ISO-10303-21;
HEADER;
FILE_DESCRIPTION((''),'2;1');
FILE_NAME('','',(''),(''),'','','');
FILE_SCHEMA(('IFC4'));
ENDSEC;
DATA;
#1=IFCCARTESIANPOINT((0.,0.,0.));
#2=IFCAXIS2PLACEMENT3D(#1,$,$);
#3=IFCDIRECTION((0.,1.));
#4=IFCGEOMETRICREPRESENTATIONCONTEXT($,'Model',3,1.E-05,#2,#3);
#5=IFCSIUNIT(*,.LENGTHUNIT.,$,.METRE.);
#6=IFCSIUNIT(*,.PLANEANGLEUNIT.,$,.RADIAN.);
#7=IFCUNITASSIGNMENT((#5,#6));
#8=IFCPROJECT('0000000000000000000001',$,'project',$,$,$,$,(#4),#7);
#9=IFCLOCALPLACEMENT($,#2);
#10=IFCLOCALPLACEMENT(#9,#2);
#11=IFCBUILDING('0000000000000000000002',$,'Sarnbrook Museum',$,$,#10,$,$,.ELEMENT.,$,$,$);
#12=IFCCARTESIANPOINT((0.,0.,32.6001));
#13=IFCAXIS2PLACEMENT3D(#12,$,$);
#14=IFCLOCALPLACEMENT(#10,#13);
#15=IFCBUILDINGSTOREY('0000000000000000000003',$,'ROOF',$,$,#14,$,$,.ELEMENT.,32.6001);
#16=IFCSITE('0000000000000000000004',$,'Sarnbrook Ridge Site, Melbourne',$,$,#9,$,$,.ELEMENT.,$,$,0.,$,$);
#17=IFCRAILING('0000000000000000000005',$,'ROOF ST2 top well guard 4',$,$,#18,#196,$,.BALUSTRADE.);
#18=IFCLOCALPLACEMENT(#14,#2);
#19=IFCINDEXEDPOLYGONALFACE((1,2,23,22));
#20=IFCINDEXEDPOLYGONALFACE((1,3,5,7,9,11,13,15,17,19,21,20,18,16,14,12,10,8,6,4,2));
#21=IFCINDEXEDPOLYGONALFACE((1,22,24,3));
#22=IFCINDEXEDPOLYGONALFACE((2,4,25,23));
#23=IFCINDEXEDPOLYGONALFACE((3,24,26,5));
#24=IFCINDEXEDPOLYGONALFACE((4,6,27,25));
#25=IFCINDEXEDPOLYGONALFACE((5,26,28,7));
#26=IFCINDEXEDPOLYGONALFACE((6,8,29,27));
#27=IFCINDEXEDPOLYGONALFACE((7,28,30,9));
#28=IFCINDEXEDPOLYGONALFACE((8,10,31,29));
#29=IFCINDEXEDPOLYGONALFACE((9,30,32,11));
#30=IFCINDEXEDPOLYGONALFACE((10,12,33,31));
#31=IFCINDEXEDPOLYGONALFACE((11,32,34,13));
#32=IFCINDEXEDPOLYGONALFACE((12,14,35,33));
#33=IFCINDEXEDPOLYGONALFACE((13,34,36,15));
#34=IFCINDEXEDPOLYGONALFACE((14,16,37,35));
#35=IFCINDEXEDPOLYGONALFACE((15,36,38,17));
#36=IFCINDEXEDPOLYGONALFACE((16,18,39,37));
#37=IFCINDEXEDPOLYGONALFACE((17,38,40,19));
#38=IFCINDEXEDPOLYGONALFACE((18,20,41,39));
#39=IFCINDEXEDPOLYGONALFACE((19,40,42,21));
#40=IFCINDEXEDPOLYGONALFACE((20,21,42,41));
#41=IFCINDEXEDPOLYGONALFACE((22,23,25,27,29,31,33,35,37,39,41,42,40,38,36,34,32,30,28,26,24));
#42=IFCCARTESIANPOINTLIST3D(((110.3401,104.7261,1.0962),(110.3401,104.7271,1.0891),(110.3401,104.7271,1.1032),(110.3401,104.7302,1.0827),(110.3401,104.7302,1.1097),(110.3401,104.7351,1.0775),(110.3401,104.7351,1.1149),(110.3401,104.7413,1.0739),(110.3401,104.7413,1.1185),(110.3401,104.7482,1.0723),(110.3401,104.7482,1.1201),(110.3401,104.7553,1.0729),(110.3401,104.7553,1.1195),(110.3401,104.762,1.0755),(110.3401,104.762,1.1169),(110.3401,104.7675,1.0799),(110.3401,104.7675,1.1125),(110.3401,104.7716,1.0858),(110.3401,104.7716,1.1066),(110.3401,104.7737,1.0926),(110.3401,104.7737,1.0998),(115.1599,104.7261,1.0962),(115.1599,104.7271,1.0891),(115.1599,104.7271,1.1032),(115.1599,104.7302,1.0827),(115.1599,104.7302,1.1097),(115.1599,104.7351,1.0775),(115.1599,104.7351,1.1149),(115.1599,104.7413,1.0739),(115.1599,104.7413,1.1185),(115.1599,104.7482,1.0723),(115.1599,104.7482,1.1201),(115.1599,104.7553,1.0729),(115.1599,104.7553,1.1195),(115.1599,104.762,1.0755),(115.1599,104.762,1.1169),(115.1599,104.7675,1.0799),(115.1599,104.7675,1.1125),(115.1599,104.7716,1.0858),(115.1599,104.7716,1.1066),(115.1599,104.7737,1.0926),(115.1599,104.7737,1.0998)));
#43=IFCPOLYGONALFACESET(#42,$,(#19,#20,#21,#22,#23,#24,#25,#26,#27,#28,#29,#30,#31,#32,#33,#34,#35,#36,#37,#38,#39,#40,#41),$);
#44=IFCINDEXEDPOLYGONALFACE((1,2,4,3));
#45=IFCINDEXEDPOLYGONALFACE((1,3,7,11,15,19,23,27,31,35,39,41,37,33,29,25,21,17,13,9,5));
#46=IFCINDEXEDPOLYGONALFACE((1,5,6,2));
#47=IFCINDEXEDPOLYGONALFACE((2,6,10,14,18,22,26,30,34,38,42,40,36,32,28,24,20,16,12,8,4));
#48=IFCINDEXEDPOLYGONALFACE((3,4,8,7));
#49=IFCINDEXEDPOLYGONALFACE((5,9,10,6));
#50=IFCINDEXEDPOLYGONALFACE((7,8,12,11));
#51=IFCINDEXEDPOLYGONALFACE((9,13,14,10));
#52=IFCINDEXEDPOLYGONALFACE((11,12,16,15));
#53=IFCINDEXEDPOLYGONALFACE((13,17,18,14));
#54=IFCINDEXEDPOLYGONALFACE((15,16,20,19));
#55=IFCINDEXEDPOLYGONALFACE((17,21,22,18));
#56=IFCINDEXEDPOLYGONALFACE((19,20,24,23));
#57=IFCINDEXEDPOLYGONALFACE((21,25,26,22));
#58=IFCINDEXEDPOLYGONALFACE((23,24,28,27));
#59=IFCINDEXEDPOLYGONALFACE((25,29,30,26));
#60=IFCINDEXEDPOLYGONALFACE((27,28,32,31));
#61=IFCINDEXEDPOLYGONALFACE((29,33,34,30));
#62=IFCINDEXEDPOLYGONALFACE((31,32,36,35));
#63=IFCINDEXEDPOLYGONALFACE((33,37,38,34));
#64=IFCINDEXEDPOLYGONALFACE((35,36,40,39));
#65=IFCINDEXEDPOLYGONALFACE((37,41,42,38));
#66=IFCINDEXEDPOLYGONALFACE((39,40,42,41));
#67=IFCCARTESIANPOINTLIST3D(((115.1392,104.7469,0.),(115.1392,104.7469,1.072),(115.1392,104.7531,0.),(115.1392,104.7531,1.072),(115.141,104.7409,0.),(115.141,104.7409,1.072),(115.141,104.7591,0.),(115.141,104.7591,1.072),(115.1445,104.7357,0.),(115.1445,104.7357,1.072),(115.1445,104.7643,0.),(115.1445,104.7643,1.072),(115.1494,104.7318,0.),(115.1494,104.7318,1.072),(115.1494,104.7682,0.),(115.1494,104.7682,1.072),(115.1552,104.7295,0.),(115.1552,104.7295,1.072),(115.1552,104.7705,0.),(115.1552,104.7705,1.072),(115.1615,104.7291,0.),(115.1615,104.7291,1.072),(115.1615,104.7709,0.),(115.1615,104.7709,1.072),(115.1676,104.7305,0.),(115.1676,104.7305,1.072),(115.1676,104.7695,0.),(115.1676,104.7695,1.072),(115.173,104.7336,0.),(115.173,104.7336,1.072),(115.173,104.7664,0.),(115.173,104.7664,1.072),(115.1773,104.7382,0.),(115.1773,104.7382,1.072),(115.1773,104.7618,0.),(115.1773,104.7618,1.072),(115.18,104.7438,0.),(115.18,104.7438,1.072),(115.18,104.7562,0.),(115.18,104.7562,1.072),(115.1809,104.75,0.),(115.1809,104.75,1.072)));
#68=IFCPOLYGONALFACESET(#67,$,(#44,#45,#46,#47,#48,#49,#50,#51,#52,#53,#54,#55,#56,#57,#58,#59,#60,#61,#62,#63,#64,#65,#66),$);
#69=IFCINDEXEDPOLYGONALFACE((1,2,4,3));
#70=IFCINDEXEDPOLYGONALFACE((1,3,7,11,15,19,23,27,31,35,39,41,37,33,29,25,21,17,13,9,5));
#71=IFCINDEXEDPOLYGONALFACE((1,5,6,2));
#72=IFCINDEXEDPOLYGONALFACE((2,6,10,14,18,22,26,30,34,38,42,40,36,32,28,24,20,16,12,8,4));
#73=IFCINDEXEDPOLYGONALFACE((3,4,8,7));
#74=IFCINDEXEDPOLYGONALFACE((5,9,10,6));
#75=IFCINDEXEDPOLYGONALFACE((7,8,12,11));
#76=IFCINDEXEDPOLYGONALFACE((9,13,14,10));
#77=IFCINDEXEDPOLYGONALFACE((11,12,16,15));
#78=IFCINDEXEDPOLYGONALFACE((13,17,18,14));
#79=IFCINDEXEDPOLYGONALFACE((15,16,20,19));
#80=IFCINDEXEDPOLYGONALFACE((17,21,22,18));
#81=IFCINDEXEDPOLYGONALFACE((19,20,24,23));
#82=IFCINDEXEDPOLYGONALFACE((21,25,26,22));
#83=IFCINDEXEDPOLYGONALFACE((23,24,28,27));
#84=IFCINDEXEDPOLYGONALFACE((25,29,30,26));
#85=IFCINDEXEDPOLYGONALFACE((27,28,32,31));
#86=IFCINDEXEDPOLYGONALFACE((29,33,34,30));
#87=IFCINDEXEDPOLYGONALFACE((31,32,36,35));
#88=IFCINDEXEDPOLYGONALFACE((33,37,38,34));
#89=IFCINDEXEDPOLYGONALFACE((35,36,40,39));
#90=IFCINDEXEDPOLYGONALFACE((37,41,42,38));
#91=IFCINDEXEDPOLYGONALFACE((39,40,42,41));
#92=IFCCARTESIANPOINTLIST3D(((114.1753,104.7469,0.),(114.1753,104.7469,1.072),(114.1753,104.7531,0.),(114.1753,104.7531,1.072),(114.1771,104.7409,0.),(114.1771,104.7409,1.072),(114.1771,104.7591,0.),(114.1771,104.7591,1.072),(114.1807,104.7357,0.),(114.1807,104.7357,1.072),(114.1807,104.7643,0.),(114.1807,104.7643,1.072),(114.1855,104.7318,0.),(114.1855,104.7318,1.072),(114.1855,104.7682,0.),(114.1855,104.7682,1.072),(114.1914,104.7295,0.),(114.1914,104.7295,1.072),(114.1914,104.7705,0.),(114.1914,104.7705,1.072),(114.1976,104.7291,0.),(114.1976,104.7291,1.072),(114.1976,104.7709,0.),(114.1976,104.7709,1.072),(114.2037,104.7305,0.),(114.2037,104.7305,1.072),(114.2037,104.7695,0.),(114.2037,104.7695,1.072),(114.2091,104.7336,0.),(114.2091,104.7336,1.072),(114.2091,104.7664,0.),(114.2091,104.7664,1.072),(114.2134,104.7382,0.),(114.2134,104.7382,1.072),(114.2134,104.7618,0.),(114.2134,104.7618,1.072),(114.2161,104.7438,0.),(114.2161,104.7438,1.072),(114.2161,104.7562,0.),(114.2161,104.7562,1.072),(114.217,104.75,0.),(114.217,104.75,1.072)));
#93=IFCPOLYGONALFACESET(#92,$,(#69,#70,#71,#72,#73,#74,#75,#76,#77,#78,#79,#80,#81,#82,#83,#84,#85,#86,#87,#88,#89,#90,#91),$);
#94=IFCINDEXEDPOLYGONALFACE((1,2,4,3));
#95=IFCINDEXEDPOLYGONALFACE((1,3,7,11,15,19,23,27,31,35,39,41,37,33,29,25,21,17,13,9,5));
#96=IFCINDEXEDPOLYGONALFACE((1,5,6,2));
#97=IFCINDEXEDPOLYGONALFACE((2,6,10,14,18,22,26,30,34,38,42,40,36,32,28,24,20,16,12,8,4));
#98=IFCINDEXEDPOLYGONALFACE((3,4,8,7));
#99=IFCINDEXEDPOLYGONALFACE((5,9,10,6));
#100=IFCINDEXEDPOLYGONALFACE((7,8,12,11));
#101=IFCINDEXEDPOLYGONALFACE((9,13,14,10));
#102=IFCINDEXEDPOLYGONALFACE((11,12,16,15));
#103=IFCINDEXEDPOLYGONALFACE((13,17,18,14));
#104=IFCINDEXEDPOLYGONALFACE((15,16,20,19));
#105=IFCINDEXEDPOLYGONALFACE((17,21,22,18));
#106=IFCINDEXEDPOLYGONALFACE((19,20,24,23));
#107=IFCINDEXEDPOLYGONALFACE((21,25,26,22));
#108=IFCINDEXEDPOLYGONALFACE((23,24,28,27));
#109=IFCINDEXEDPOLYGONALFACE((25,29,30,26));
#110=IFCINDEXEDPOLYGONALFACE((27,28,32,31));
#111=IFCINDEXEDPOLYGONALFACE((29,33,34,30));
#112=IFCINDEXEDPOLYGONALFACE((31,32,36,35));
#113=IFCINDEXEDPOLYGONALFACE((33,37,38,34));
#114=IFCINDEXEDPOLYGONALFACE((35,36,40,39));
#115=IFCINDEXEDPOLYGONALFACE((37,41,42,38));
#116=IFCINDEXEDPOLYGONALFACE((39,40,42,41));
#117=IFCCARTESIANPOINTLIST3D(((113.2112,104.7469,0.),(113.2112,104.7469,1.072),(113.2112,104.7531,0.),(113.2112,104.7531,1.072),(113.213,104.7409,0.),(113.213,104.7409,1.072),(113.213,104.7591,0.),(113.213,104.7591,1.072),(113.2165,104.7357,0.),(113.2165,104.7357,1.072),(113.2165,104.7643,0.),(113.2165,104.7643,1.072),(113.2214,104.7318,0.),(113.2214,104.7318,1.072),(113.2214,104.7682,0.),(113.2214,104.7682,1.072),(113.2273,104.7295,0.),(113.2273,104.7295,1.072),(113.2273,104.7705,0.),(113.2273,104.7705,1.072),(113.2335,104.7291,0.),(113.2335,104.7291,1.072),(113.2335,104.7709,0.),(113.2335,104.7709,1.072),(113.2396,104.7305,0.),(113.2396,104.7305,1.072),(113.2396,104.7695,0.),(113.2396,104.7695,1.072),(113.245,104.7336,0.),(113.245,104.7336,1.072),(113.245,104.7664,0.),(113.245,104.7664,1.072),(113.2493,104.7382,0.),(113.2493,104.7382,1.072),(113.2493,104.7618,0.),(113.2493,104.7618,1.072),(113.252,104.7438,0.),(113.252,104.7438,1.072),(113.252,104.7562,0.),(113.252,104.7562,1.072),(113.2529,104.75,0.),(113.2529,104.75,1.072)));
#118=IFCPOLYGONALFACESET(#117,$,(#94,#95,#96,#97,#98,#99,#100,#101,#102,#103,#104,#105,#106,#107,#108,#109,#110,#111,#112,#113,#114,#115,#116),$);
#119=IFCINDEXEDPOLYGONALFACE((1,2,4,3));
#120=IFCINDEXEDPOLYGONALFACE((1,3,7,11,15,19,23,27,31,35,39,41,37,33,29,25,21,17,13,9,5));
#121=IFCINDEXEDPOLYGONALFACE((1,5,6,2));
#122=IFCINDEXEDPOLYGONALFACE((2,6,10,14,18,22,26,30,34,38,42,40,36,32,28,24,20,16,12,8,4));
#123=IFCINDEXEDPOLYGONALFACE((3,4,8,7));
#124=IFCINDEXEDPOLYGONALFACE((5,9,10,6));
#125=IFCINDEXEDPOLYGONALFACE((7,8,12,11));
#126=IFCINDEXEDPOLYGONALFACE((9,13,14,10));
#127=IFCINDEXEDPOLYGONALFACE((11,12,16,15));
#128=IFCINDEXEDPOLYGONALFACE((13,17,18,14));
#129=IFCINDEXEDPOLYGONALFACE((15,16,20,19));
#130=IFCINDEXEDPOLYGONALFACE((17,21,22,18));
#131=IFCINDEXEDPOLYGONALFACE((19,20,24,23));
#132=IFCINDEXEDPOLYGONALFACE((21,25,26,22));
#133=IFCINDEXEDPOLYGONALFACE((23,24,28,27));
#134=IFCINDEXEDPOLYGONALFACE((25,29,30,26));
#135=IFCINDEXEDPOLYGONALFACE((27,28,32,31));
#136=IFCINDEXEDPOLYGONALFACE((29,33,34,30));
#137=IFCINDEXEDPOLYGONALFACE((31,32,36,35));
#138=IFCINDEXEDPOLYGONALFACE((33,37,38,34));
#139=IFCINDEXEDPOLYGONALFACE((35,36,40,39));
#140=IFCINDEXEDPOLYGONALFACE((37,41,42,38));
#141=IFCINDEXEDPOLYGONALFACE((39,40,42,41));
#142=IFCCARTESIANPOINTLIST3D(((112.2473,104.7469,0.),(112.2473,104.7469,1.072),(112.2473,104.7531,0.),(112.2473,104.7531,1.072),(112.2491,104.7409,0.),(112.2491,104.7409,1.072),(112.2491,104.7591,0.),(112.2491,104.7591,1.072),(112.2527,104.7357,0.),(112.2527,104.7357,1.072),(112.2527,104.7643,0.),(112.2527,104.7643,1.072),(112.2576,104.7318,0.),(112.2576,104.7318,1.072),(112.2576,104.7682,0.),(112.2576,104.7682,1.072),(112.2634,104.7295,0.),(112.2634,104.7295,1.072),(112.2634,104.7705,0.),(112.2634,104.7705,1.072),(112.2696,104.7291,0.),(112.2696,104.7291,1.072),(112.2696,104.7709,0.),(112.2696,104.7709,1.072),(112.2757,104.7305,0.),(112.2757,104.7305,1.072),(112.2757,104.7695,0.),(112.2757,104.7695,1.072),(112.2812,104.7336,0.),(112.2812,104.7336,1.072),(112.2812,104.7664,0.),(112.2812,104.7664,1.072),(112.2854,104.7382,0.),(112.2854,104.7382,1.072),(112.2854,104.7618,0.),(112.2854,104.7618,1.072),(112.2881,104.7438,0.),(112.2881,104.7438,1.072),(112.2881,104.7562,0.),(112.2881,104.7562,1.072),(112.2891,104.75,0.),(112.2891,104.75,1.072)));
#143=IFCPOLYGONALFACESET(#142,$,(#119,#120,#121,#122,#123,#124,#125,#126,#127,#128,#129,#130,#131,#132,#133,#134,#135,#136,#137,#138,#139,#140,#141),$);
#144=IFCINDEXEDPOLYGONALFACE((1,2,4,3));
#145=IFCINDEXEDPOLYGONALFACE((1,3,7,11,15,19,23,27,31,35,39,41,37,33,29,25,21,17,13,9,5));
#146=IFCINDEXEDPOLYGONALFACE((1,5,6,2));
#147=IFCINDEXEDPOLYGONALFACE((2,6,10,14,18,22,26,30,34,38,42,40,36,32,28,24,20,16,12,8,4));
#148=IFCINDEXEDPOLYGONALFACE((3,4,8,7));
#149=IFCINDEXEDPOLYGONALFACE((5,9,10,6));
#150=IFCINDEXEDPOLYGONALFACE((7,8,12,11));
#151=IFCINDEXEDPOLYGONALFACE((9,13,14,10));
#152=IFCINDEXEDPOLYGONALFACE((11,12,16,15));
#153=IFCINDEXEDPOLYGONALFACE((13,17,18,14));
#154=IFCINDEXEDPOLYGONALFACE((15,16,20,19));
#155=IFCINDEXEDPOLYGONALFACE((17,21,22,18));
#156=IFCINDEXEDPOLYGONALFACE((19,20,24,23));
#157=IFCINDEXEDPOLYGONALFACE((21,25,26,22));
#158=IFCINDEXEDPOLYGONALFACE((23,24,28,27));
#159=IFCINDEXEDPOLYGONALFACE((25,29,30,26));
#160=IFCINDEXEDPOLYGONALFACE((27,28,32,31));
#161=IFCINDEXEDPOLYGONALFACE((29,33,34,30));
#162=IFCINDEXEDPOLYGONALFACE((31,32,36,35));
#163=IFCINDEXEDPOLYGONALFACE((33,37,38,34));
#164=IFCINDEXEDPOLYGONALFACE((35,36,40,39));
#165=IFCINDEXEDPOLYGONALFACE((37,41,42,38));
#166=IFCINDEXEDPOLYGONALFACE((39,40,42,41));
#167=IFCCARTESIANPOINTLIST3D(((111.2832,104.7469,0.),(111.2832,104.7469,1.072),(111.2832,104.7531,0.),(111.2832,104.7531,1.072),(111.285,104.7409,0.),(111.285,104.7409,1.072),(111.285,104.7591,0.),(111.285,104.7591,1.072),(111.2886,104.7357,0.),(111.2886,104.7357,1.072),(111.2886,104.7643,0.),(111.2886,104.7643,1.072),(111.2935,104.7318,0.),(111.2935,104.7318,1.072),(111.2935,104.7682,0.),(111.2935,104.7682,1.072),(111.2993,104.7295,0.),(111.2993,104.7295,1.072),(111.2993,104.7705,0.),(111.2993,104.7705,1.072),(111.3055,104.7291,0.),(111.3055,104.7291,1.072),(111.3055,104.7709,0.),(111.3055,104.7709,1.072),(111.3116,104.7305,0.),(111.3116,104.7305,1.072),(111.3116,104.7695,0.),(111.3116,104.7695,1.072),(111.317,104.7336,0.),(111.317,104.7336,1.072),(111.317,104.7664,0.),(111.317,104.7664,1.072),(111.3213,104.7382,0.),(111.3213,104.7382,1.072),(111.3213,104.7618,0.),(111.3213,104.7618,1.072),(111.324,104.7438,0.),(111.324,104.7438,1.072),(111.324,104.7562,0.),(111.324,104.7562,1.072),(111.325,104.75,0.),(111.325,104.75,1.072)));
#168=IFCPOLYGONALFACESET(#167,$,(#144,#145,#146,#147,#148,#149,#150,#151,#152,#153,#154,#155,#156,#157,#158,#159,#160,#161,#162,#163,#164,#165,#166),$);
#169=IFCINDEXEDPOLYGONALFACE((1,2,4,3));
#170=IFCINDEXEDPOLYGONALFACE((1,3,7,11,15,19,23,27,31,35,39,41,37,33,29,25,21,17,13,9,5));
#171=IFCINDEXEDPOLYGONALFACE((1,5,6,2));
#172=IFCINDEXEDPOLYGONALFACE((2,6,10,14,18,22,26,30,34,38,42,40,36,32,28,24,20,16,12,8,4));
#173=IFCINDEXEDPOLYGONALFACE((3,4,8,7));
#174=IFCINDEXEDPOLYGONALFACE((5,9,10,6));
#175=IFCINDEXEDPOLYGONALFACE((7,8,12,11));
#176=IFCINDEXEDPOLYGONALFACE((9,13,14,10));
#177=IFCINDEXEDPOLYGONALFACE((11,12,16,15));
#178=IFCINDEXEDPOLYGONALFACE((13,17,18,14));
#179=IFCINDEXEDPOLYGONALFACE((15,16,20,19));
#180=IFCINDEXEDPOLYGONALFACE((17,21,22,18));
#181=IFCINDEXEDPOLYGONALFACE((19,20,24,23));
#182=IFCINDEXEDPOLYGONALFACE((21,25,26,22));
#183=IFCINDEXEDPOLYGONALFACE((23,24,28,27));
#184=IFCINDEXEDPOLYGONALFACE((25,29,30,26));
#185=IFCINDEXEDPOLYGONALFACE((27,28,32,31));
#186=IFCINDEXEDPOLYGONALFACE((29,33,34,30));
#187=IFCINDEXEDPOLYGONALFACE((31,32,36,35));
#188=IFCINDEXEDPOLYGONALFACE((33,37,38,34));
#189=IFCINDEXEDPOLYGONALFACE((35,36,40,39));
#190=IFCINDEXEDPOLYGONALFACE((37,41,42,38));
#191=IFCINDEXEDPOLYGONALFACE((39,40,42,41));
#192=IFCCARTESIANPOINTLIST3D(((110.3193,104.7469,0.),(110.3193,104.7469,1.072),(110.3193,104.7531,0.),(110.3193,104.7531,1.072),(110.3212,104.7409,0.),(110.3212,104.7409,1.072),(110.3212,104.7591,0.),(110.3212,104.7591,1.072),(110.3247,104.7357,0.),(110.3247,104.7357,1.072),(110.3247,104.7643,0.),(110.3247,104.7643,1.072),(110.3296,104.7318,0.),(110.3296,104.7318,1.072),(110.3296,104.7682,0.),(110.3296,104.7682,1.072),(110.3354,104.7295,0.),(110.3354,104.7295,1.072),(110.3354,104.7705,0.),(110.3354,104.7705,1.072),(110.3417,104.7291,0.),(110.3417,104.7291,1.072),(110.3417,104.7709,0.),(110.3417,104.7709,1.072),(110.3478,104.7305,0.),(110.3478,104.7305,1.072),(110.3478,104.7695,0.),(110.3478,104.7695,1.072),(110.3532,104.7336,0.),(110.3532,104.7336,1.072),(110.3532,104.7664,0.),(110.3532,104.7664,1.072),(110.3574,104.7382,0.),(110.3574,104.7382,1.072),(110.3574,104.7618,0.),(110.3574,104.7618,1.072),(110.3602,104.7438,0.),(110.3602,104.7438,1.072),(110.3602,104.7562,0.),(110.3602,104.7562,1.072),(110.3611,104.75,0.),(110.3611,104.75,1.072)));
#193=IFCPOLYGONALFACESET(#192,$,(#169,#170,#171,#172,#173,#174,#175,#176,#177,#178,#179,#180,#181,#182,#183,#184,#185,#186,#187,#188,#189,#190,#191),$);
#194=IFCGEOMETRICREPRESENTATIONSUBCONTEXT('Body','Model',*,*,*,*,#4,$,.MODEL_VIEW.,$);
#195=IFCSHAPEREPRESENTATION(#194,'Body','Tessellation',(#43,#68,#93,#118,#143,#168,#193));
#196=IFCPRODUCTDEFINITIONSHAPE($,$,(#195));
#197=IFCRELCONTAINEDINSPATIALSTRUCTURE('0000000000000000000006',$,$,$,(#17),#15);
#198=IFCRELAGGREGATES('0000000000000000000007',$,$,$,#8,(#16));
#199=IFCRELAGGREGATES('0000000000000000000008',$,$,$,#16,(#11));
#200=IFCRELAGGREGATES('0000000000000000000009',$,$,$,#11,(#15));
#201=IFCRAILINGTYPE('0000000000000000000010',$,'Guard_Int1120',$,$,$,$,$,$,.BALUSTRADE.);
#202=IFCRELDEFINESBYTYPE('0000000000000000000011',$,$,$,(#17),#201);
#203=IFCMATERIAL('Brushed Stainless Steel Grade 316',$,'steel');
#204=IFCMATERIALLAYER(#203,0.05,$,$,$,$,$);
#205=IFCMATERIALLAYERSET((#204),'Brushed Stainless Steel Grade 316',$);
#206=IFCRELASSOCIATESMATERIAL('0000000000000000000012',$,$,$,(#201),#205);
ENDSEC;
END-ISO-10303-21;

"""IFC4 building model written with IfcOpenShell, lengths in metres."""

from ifc_helpers import new_model, si_unit, direction, frame, origin, origin_2d, place, context, subcontext, project, spatial, circle, extrude, material, layer, layer_set, type_object, element, save


model = new_model("IFC4")

# Units and contexts
model_context = context("Model", 3, precision=1e-05, world=origin(), true_north=direction((0.0, 1.0)))
body_context = subcontext(model_context, "Body", "Model", "MODEL_VIEW")
ifc_project = project(units=[si_unit("LENGTHUNIT", "METRE"), si_unit("PLANEANGLEUNIT", "RADIAN")], contexts=[model_context])

# Site, building, storey
site_placement = place(None, origin())
site = spatial("IfcSite", under=ifc_project, at=site_placement, Name="Sarnbrook Ridge Site, Melbourne", CompositionType="ELEMENT", RefElevation=0.0)
building_placement = place(site_placement, origin())
building = spatial("IfcBuilding", under=site, at=building_placement, Name="Sarnbrook Museum", CompositionType="ELEMENT")
storey_placement = place(building_placement, frame((0.0, 0.0, 32.6001)))
storey = spatial("IfcBuildingStorey", under=building, at=storey_placement, Name="ROOF", CompositionType="ELEMENT", Elevation=32.6001)

# Shared definitions
ifc_material_1 = material(Name="Brushed Stainless Steel Grade 316", Category="steel")

# Railing
ifc_layer_1 = layer(ifc_material_1, 0.05)
ifc_layer_set_1 = layer_set([ifc_layer_1], Name="Brushed Stainless Steel Grade 316")
railing_type = type_object("IfcRailingType", Name="Guard_Int1120", PredefinedType="BALUSTRADE", material=ifc_layer_set_1)
railing_1_placement = place(storey_placement, frame((115.1599, 104.75, 0.0)))
element("IfcRailing", 1, at=railing_1_placement, inside=storey, type_object=railing_type, Name="ROOF ST2 top well guard 4", PredefinedType="BALUSTRADE", context=body_context, shape_type="SweptSolid", body=[
    extrude(circle(Radius=0.0239, at=origin_2d()), frame((0.0, 0.0, 1.0962), z_axis=(-1.0, 0.0, 0.0), x_axis=(0.0, -1.0, 0.0)), (0.0, 0.0, 1.0), 4.8198),
    extrude(circle(Radius=0.021, at=origin_2d()), origin(), (0.0, 0.0, 1.0), 1.072),
    extrude(circle(Radius=0.021, at=origin_2d()), frame((-0.9639, 0.0, 0.0)), (0.0, 0.0, 1.0), 1.072),
    extrude(circle(Radius=0.021, at=origin_2d()), frame((-1.928, 0.0, 0.0)), (0.0, 0.0, 1.0), 1.072),
    extrude(circle(Radius=0.021, at=origin_2d()), frame((-2.8918, 0.0, 0.0)), (0.0, 0.0, 1.0), 1.072),
    extrude(circle(Radius=0.021, at=origin_2d()), frame((-3.856, 0.0, 0.0)), (0.0, 0.0, 1.0), 1.072),
    extrude(circle(Radius=0.021, at=origin_2d()), frame((-4.8198, 0.0, 0.0)), (0.0, 0.0, 1.0), 1.072),
])

save(model, "model.ifc")
